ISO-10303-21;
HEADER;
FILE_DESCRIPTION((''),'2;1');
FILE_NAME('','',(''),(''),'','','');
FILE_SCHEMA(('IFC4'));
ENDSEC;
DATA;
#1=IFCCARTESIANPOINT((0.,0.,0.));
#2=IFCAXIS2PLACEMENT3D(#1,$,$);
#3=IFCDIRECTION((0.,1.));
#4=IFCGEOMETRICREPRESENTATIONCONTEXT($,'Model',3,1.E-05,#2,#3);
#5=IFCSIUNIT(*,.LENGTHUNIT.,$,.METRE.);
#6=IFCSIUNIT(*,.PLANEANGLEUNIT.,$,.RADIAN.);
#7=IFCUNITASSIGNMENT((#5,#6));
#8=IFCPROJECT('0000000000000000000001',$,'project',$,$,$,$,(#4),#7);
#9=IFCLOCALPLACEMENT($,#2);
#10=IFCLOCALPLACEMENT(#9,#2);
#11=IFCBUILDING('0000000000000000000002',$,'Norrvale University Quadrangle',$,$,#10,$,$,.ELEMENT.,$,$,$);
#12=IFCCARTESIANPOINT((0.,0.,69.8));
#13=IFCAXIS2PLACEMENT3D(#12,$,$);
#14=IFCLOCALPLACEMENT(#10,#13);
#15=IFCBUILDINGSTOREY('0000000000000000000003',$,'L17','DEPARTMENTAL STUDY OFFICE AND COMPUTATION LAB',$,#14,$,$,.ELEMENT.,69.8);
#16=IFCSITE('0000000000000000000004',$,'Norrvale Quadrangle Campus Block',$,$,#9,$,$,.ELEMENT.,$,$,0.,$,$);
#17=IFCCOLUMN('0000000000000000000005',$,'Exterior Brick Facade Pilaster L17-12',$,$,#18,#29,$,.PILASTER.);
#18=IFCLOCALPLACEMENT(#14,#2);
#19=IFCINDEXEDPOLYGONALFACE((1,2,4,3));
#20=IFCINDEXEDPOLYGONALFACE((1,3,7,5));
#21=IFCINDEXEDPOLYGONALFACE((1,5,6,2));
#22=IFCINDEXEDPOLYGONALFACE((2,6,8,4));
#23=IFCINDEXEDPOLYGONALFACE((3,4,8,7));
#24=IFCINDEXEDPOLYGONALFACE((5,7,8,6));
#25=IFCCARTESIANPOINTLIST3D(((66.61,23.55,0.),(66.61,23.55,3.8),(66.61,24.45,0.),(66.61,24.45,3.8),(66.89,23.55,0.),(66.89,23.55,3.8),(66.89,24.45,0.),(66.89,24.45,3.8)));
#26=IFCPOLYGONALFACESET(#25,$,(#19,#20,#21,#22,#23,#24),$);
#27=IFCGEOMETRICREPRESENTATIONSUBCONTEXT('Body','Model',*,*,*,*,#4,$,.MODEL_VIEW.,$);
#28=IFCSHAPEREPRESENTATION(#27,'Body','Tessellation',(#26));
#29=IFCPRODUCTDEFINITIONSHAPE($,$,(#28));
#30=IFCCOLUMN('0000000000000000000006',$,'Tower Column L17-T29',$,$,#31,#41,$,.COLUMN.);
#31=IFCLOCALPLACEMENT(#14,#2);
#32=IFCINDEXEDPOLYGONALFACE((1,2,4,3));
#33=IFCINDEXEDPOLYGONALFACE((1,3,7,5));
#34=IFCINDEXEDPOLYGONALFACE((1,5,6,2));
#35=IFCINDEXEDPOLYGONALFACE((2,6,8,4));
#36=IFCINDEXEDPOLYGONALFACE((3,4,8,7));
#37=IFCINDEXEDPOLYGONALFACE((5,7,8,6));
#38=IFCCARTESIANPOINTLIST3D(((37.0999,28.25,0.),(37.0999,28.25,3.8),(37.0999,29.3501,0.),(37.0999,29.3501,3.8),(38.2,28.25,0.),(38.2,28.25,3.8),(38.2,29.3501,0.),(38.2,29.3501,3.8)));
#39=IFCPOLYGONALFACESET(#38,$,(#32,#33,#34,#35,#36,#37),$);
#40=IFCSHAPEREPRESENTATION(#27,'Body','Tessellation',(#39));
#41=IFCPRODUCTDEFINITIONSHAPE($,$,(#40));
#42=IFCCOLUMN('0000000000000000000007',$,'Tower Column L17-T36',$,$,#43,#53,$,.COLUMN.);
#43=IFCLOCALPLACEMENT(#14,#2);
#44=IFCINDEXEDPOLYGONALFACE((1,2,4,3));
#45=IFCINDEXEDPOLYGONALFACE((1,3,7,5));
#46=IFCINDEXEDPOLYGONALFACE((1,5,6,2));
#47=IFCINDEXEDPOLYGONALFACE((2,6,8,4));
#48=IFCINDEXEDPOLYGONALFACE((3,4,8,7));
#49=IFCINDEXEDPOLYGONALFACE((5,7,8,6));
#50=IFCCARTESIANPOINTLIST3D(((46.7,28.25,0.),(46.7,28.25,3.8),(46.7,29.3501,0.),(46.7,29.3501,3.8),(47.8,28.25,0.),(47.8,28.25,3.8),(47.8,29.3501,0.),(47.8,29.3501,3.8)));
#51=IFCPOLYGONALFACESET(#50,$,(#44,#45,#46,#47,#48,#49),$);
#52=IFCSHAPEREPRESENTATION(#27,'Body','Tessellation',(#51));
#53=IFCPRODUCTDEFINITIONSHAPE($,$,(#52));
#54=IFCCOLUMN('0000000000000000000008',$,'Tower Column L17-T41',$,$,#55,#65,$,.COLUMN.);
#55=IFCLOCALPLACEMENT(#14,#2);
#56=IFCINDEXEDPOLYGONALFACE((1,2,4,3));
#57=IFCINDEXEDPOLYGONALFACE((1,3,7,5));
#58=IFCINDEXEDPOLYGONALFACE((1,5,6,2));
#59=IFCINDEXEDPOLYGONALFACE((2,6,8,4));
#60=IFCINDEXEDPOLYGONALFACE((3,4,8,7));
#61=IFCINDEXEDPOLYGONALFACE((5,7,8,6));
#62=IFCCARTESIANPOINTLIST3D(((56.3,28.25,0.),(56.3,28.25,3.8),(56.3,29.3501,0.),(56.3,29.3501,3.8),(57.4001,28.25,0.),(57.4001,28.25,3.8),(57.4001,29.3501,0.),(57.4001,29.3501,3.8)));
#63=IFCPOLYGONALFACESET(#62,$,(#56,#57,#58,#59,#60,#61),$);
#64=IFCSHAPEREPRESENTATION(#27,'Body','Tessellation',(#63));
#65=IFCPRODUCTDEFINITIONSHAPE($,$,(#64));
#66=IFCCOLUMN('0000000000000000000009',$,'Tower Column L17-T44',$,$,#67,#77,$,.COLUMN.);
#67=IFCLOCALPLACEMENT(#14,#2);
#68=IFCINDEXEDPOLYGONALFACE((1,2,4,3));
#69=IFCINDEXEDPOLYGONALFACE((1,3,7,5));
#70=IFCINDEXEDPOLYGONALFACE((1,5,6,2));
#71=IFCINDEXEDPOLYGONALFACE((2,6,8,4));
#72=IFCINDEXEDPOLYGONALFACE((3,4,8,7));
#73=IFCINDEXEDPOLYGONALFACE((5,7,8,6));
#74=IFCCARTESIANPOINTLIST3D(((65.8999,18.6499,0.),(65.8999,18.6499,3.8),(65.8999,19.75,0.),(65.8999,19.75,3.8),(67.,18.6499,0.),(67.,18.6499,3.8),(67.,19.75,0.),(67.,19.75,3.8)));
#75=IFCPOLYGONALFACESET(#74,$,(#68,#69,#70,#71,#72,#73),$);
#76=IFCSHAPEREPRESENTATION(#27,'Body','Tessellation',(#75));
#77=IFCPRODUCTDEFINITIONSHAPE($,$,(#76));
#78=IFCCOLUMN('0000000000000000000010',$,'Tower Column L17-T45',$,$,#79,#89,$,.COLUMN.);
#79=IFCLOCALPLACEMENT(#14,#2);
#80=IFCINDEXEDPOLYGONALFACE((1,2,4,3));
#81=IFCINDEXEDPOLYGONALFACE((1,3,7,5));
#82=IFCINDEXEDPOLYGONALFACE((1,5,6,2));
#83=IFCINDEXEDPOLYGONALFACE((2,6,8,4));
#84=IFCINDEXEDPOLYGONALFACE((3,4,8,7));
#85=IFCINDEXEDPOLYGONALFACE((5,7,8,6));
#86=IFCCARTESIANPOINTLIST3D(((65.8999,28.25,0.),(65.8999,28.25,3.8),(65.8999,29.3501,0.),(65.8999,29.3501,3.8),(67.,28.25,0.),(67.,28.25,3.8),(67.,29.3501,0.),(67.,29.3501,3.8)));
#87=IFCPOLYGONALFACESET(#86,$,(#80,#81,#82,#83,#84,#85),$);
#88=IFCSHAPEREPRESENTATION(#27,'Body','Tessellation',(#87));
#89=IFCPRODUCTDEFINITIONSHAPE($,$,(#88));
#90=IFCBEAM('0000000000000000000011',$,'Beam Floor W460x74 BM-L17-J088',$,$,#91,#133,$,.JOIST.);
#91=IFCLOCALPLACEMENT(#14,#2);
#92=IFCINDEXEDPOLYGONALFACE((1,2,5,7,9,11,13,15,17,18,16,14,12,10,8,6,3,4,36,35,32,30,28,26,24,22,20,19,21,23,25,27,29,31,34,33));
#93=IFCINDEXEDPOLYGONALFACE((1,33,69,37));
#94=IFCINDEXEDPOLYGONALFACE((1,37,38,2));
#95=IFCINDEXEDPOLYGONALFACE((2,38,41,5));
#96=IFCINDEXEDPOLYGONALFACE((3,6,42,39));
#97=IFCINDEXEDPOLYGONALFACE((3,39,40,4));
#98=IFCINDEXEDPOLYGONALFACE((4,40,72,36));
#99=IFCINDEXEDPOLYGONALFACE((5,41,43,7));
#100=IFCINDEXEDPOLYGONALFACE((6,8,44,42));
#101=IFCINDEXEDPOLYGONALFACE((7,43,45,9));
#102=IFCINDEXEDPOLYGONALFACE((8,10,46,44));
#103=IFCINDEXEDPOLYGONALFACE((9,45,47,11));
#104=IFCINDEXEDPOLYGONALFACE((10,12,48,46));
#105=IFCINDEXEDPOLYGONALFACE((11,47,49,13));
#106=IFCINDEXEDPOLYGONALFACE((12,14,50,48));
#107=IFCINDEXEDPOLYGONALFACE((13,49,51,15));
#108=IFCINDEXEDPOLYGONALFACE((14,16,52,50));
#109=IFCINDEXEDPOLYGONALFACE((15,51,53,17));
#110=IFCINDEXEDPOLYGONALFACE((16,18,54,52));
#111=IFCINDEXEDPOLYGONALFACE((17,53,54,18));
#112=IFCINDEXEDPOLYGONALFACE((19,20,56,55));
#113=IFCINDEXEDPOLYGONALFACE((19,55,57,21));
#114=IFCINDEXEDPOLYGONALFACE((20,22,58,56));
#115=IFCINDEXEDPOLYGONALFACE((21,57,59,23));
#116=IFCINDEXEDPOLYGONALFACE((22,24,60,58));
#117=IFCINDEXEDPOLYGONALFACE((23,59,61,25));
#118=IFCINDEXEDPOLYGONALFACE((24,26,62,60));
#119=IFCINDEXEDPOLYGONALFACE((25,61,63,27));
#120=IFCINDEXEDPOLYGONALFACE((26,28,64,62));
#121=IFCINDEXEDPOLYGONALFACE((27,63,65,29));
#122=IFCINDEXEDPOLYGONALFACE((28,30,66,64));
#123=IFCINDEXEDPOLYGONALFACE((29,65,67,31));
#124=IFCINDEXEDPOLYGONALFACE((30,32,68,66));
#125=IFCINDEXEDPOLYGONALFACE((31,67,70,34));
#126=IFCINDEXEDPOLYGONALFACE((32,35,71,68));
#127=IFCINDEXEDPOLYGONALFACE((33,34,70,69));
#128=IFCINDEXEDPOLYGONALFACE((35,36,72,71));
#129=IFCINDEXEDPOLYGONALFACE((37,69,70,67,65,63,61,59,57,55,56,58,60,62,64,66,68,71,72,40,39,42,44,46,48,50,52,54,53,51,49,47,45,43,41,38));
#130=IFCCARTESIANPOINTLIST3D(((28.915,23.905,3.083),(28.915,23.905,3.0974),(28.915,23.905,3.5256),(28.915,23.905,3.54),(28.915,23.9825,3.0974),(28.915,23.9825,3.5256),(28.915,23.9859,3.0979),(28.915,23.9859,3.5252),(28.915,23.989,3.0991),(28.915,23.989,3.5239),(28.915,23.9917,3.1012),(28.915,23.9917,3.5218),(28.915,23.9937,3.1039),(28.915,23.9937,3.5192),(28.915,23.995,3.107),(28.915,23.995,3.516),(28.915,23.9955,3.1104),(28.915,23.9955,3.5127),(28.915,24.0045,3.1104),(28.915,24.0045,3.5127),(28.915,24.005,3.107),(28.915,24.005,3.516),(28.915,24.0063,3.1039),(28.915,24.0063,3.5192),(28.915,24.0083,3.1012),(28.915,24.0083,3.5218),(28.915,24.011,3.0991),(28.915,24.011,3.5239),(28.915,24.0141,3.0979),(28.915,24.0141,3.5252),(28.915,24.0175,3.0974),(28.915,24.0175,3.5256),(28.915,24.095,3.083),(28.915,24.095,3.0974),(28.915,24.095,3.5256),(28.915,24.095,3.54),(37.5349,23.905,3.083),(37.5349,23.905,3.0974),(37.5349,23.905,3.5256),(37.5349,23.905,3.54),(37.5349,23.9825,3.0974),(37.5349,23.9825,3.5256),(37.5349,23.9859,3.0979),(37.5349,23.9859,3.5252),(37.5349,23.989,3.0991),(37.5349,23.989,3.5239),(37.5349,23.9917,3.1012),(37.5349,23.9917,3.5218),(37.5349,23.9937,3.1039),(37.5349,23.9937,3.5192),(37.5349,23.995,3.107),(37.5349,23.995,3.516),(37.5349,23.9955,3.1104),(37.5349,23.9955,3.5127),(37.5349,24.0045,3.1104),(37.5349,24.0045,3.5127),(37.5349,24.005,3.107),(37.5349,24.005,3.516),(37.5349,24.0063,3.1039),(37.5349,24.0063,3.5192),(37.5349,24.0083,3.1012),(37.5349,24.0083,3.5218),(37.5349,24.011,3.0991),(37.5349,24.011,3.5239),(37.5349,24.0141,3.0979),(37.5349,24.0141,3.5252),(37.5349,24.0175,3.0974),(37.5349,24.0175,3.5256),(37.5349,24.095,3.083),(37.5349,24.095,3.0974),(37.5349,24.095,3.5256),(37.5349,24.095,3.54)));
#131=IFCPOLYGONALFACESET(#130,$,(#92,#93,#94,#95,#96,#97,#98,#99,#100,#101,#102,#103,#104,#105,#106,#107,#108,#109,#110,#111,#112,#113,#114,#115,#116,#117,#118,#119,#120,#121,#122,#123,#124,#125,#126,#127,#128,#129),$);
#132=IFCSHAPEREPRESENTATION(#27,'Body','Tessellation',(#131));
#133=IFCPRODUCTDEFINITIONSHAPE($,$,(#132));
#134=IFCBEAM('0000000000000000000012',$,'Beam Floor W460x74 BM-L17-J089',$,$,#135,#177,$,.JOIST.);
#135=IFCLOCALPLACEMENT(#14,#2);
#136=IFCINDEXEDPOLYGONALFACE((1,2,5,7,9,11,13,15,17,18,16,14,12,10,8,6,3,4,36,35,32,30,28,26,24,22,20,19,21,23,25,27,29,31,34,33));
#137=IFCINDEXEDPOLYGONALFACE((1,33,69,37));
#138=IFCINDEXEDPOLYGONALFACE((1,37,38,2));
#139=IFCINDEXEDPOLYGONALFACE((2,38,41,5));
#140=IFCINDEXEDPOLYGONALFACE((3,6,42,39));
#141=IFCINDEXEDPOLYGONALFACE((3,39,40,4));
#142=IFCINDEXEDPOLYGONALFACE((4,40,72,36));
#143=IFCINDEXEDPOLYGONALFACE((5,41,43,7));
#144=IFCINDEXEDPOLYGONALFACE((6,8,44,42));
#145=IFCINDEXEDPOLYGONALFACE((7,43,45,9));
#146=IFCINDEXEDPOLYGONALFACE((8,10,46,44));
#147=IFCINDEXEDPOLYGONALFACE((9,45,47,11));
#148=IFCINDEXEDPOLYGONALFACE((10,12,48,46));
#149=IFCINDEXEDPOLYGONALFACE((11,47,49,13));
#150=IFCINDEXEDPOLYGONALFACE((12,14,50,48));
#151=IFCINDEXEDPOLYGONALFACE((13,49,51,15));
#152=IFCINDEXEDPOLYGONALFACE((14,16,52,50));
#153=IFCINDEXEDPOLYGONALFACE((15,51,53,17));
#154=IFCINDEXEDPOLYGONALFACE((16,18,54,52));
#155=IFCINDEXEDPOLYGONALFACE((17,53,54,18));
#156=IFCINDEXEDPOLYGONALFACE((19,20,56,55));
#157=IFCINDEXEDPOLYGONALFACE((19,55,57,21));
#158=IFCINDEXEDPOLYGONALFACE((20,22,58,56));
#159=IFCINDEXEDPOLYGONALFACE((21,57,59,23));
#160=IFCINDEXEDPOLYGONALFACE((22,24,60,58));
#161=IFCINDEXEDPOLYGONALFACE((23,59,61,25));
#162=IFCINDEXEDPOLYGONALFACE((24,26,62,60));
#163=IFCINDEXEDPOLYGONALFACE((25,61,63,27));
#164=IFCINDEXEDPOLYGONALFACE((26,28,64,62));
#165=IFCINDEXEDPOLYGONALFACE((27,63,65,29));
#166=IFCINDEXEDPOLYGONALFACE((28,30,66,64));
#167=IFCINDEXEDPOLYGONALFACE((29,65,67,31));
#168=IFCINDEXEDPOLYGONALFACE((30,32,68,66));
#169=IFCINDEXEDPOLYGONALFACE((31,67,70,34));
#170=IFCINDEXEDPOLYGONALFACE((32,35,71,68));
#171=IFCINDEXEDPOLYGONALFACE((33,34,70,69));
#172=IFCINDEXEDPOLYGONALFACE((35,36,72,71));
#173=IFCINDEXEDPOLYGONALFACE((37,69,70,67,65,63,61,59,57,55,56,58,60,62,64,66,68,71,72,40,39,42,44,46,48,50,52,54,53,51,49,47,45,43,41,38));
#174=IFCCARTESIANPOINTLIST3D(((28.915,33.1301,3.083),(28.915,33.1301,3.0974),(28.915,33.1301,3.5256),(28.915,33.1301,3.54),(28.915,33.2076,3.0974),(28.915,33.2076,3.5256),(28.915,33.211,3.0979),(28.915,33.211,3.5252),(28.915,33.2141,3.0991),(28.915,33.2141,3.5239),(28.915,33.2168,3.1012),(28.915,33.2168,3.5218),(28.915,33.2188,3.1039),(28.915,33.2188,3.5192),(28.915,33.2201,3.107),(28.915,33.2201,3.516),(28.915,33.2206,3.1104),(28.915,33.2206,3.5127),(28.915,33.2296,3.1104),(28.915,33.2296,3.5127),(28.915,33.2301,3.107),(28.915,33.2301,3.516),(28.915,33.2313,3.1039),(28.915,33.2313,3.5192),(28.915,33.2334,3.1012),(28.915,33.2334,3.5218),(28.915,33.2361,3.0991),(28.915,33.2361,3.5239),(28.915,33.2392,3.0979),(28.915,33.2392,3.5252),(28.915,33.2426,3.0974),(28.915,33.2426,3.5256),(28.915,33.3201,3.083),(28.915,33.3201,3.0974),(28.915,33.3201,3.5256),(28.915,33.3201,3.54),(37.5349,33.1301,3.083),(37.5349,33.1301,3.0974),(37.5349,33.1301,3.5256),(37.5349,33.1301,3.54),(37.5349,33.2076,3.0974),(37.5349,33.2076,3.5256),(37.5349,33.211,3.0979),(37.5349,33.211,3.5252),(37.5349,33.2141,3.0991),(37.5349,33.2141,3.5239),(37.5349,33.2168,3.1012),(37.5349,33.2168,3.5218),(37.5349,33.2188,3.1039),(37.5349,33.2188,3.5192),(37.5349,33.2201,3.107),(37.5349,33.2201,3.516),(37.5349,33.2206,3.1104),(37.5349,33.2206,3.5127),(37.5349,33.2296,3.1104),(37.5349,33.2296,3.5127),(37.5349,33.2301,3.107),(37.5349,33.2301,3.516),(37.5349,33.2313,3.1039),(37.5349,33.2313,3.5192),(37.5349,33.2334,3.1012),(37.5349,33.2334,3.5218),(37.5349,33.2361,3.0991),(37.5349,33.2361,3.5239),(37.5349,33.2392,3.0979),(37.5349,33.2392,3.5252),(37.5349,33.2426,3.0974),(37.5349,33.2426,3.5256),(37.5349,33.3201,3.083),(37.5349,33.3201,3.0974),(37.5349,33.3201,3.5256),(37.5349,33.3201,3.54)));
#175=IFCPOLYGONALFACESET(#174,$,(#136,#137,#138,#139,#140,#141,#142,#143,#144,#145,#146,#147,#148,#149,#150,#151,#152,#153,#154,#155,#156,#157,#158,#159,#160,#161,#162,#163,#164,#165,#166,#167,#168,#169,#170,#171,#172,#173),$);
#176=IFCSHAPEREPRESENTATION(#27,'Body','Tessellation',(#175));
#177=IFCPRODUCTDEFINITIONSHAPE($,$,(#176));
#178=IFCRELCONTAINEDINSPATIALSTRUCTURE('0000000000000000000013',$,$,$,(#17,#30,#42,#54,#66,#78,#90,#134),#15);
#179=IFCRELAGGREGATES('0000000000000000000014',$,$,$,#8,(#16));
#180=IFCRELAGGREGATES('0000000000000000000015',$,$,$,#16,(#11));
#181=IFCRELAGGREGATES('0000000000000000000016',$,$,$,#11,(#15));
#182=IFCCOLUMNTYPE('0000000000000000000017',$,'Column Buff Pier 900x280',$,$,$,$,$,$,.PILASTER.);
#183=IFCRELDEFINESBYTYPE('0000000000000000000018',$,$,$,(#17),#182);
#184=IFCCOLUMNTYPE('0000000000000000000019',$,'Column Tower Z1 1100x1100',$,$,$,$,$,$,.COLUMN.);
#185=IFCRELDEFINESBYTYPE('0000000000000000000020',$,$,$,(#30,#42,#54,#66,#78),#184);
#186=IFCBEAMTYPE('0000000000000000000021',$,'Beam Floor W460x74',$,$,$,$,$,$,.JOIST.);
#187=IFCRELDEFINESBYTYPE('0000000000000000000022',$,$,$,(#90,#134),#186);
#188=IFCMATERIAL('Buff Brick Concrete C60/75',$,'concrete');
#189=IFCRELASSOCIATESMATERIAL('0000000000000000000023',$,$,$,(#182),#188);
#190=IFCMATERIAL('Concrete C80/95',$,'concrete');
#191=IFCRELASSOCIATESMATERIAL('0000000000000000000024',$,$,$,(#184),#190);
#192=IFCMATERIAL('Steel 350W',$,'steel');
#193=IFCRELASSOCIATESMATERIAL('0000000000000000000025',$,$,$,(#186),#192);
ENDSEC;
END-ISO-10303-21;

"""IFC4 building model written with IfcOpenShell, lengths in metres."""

from ifc_helpers import new_model, si_unit, direction, frame, origin, origin_2d, place, context, subcontext, project, spatial, rectangle, i_section, extrude, material, material_profile, profile_set, type_object, element, save


model = new_model("IFC4")

# Units and contexts
model_context = context("Model", 3, precision=1e-05, world=origin(), true_north=direction((0.0, 1.0)))
body_context = subcontext(model_context, "Body", "Model", "MODEL_VIEW")
ifc_project = project(units=[si_unit("LENGTHUNIT", "METRE"), si_unit("PLANEANGLEUNIT", "RADIAN")], contexts=[model_context])

# Site, building, storey
site_placement = place(None, origin())
site = spatial("IfcSite", under=ifc_project, at=site_placement, Name="Norrvale Quadrangle Campus Block", CompositionType="ELEMENT", RefElevation=0.0)
building_placement = place(site_placement, origin())
building = spatial("IfcBuilding", under=site, at=building_placement, Name="Norrvale University Quadrangle", CompositionType="ELEMENT")
storey_placement = place(building_placement, frame((0.0, 0.0, 69.8)))
storey = spatial("IfcBuildingStorey", under=building, at=storey_placement, Name="L17", Description="DEPARTMENTAL STUDY OFFICE AND COMPUTATION LAB", CompositionType="ELEMENT", Elevation=69.8)

# Columns
ifc_material_1 = material(Name="Buff Brick Concrete C60/75", Category="concrete")
ifc_material_profile_1 = material_profile(ifc_material_1, rectangle(XDim=0.8999, YDim=0.28, at=origin_2d()), Name="Buff Brick Concrete C60/75")
ifc_profile_set_1 = profile_set([ifc_material_profile_1], Name="Buff Brick Concrete C60/75")
column_type_1 = type_object("IfcColumnType", Name="Column Buff Pier 900x280", PredefinedType="PILASTER", material=ifc_profile_set_1)
column_placement = place(storey_placement, frame((66.75, 24.0, 0.0), z_axis=(0.0, 0.0, 1.0), x_axis=(0.0, 1.0, 0.0)))
element("IfcColumn", 1, at=column_placement, inside=storey, type_object=column_type_1, Name="Exterior Brick Facade Pilaster L17-12", PredefinedType="PILASTER", context=body_context, shape_type="SweptSolid", body=[
    extrude(rectangle(XDim=0.8999, YDim=0.28, at=origin_2d()), origin(), (0.0, 0.0, 1.0), 3.8),
])
ifc_material_2 = material(Name="Concrete C80/95", Category="concrete")
ifc_material_profile_2 = material_profile(ifc_material_2, rectangle(XDim=1.1001, YDim=1.1001, at=origin_2d()), Name="Concrete C80/95")
ifc_profile_set_2 = profile_set([ifc_material_profile_2], Name="Concrete C80/95")
column_type_2 = type_object("IfcColumnType", Name="Column Tower Z1 1100x1100", PredefinedType="COLUMN", material=ifc_profile_set_2)
for number, where, z_axis, x_axis, name in (
    (2, (37.6499, 28.8, 0.0), (0.0, 0.0, 1.0), (1.0, 0.0, 0.0), "Tower Column L17-T29"),
    (3, (47.25, 28.8, 0.0), (0.0, 0.0, 1.0), (1.0, 0.0, 0.0), "Tower Column L17-T36"),
    (4, (56.8501, 28.8, 0.0), (0.0, 0.0, 1.0), (1.0, 0.0, 0.0), "Tower Column L17-T41"),
    (5, (66.45, 19.2, 0.0), (0.0, 0.0, 1.0), (1.0, 0.0, 0.0), "Tower Column L17-T44"),
    (6, (66.45, 28.8, 0.0), (0.0, 0.0, 1.0), (1.0, 0.0, 0.0), "Tower Column L17-T45"),
):
    element("IfcColumn", number, at=place(storey_placement, frame(where, z_axis=z_axis, x_axis=x_axis)), inside=storey, type_object=column_type_2, Name=name, PredefinedType="COLUMN", context=body_context, shape_type="SweptSolid", body=[
        extrude(rectangle(XDim=1.1001, YDim=1.1001, at=origin_2d()), origin(), (0.0, 0.0, 1.0), 3.8),
    ])

# Beams
ifc_material_3 = material(Name="Steel 350W", Category="steel")
ifc_material_profile_3 = material_profile(ifc_material_3, i_section(OverallWidth=0.1899, OverallDepth=0.457, WebThickness=0.009, FlangeThickness=0.0144, FilletRadius=0.0129, at=origin_2d()), Name="Steel 350W")
ifc_profile_set_3 = profile_set([ifc_material_profile_3], Name="Steel 350W")
beam_type_1 = type_object("IfcBeamType", Name="Beam Floor W460x74", PredefinedType="JOIST", material=ifc_profile_set_3)
for number, where, z_axis, x_axis, name in (
    (7, (28.915, 24.0, 3.3115), (1.0, 0.0, 0.0), (0.0, 1.0, 0.0), "Beam Floor W460x74 BM-L17-J088"),
    (8, (28.915, 33.2251, 3.3115), (1.0, 0.0, 0.0), (0.0, 1.0, 0.0), "Beam Floor W460x74 BM-L17-J089"),
):
    element("IfcBeam", number, at=place(storey_placement, frame(where, z_axis=z_axis, x_axis=x_axis)), inside=storey, type_object=beam_type_1, Name=name, PredefinedType="JOIST", context=body_context, shape_type="SweptSolid", body=[
        extrude(i_section(OverallWidth=0.1899, OverallDepth=0.457, WebThickness=0.009, FlangeThickness=0.0144, FilletRadius=0.0129, at=origin_2d()), origin(), (0.0, 0.0, 1.0), 8.6199),
    ])

save(model, "model.ifc")
